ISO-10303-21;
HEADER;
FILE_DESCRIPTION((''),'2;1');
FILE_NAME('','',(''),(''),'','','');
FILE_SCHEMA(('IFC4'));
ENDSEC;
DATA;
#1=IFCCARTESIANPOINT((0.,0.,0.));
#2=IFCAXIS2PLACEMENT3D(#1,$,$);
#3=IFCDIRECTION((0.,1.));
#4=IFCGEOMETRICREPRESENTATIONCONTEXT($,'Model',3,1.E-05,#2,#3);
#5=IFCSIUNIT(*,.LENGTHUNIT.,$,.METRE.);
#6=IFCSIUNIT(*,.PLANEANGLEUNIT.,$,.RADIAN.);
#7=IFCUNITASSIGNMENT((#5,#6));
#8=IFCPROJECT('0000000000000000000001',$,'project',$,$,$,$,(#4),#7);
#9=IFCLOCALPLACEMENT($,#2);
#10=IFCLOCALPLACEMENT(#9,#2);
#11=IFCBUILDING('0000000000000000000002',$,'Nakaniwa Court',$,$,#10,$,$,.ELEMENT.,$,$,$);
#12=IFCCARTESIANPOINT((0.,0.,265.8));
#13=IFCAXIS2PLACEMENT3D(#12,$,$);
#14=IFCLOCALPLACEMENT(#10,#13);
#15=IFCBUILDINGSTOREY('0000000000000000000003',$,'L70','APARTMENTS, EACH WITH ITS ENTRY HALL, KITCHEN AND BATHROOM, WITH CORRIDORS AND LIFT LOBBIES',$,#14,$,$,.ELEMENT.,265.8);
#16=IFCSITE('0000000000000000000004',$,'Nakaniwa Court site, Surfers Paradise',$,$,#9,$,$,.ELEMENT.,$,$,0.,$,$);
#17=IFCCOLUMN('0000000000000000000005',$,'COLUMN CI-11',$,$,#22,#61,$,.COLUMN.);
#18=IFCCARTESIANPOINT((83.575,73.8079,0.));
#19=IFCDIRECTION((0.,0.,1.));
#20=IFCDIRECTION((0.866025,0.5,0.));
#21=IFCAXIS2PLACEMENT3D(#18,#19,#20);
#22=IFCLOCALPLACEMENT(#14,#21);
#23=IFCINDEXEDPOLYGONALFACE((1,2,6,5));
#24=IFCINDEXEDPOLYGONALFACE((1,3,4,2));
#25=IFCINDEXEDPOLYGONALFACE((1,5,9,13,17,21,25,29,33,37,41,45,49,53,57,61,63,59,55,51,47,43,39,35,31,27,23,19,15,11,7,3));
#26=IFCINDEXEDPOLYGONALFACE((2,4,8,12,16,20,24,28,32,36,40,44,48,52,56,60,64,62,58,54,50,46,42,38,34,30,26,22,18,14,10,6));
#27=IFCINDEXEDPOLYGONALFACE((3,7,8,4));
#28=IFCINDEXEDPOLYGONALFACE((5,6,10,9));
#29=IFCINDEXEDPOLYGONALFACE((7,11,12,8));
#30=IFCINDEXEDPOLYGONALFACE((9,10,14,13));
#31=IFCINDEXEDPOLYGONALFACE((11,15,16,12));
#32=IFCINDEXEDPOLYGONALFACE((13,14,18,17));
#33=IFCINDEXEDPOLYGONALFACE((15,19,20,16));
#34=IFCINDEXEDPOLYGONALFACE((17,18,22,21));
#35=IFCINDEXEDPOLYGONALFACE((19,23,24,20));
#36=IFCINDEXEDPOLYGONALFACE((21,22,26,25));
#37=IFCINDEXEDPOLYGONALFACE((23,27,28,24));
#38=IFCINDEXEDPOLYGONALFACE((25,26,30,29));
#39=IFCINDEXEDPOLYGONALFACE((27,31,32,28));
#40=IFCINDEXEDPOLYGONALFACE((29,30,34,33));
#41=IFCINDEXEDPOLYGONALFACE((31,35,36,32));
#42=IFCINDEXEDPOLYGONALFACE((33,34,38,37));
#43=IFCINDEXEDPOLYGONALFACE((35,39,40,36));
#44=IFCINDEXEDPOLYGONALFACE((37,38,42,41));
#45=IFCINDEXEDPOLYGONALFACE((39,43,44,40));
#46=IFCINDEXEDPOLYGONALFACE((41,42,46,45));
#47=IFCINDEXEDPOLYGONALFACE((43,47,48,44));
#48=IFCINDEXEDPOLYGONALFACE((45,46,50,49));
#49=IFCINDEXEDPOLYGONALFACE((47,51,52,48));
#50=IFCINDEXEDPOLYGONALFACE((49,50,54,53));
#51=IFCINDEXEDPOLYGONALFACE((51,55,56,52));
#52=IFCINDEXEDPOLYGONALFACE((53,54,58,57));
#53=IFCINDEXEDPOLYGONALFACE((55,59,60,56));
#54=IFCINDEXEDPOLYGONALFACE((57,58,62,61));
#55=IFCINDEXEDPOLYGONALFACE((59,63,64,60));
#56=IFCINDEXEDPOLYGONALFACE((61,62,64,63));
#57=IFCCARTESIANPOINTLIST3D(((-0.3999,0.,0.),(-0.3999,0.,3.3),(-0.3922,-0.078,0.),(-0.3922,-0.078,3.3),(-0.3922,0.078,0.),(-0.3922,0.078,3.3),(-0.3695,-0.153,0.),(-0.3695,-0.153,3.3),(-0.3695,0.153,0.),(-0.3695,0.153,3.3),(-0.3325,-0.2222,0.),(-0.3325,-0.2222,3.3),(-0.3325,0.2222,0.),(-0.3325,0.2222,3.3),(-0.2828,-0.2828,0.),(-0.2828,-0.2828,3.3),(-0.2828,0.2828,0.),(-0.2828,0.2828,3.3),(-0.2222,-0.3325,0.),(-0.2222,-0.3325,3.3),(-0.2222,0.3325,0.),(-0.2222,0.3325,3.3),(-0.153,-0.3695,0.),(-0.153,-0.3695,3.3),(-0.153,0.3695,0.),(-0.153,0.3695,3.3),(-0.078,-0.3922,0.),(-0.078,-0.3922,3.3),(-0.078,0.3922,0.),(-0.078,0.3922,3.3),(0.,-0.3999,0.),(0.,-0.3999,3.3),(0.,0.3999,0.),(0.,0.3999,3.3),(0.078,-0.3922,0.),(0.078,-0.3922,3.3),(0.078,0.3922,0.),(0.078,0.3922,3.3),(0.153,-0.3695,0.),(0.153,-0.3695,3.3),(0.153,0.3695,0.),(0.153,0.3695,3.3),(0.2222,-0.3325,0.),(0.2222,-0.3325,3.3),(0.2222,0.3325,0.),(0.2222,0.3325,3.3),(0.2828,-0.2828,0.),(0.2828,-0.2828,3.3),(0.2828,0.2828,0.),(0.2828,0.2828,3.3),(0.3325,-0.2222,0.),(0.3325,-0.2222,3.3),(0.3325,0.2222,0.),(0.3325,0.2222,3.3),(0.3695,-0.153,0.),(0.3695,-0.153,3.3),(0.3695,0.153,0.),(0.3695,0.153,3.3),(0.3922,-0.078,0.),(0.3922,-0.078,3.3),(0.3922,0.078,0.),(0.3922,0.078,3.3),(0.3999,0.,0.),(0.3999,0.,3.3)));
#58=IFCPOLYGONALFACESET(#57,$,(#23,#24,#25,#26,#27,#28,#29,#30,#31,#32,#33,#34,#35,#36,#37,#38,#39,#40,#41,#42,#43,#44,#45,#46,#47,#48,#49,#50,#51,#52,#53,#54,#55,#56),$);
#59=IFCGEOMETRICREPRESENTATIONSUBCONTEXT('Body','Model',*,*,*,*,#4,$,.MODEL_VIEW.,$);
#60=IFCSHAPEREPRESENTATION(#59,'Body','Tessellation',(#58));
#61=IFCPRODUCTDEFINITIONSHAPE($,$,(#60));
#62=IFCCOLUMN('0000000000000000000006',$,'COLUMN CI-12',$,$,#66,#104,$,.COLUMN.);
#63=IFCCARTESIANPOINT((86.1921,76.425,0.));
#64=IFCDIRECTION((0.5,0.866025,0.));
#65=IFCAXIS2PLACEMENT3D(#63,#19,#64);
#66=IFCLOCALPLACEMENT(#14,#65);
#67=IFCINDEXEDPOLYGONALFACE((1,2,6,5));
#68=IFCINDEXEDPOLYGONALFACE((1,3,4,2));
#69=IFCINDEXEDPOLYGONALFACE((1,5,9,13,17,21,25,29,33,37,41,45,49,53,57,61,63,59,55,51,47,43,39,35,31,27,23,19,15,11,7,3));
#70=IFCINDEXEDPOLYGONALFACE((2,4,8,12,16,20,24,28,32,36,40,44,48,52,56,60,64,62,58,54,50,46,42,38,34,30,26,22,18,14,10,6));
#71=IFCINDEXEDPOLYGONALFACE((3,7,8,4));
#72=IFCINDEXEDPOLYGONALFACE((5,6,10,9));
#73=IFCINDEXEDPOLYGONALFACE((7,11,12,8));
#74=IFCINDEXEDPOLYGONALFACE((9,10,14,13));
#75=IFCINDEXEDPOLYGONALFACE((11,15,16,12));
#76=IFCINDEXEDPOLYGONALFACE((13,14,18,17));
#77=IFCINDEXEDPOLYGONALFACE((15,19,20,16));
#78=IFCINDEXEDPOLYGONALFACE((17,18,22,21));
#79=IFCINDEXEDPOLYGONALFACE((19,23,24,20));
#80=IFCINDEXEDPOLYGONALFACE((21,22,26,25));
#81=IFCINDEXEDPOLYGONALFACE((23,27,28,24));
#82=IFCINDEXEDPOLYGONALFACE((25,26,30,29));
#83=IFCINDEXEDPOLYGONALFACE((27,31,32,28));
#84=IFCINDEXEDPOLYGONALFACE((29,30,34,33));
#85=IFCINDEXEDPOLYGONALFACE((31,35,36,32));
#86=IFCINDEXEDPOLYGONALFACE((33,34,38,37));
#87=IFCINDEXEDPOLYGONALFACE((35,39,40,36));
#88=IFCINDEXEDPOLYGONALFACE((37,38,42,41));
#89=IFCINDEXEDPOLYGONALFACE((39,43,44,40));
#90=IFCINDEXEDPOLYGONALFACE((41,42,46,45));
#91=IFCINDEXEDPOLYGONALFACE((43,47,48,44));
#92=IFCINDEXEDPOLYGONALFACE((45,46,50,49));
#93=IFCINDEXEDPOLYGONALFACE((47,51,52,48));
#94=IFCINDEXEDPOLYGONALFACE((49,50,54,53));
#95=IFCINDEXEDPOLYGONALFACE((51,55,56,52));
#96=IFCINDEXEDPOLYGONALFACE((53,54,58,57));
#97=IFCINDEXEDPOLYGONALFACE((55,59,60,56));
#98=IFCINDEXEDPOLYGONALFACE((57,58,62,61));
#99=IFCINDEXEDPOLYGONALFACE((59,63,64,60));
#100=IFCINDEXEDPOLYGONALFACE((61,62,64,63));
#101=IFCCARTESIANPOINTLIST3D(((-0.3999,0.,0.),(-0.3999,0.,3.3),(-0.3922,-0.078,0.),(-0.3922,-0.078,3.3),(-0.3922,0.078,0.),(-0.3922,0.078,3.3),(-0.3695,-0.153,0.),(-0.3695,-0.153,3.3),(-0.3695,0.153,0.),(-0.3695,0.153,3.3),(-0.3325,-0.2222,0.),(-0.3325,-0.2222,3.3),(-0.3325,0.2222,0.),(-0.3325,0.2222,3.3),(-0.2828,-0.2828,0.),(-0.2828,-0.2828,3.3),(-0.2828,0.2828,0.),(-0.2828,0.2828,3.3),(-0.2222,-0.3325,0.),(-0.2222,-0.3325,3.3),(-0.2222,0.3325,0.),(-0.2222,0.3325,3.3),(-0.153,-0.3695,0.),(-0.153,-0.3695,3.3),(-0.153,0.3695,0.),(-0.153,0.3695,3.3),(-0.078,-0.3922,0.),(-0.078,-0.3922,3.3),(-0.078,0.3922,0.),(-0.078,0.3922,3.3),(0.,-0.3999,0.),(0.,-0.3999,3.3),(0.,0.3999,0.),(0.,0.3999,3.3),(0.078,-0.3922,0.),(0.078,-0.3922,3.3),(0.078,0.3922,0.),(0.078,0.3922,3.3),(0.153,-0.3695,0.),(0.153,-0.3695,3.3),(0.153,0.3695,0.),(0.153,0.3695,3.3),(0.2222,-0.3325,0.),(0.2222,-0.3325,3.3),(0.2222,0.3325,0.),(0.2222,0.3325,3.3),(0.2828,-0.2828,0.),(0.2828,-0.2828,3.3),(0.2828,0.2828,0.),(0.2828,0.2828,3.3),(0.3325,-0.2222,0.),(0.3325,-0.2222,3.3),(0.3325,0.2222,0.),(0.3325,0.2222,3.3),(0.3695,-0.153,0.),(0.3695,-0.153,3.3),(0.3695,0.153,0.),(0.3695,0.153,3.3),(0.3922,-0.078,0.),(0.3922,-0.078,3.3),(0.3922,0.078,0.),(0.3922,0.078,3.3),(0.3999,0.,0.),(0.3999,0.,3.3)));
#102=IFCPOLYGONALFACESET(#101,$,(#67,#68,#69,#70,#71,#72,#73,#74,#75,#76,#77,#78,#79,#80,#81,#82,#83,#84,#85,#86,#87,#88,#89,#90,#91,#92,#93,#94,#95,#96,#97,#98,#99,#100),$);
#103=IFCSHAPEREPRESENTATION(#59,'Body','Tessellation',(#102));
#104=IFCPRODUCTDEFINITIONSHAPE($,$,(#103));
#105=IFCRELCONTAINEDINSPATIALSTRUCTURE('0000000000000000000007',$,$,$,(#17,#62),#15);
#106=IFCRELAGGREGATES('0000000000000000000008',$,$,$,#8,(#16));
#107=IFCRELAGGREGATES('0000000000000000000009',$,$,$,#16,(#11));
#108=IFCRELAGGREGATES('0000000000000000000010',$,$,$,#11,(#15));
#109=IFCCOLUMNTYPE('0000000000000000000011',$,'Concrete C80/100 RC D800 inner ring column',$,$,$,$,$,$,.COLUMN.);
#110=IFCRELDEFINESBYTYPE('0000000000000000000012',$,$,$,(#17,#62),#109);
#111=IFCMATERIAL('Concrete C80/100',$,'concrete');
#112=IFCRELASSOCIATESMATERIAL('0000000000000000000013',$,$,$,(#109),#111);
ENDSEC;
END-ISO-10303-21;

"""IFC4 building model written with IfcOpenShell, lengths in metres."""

from ifc_helpers import new_model, si_unit, direction, frame, origin, origin_2d, place, context, subcontext, project, spatial, circle, extrude, material, material_profile, profile_set, type_object, element, save


model = new_model("IFC4")

# Units and contexts
model_context = context("Model", 3, precision=1e-05, world=origin(), true_north=direction((0.0, 1.0)))
body_context = subcontext(model_context, "Body", "Model", "MODEL_VIEW")
ifc_project = project(units=[si_unit("LENGTHUNIT", "METRE"), si_unit("PLANEANGLEUNIT", "RADIAN")], contexts=[model_context])

# Site, building, storey
site_placement = place(None, origin())
site = spatial("IfcSite", under=ifc_project, at=site_placement, Name="Nakaniwa Court site, Surfers Paradise", CompositionType="ELEMENT", RefElevation=0.0)
building_placement = place(site_placement, origin())
building = spatial("IfcBuilding", under=site, at=building_placement, Name="Nakaniwa Court", CompositionType="ELEMENT")
storey_placement = place(building_placement, frame((0.0, 0.0, 265.8)))
storey = spatial("IfcBuildingStorey", under=building, at=storey_placement, Name="L70", Description="APARTMENTS, EACH WITH ITS ENTRY HALL, KITCHEN AND BATHROOM, WITH CORRIDORS AND LIFT LOBBIES", CompositionType="ELEMENT", Elevation=265.8)

# Columns
ifc_material_1 = material(Name="Concrete C80/100", Category="concrete")
ifc_material_profile_1 = material_profile(ifc_material_1, circle(Radius=0.3999, at=origin_2d()), Name="Concrete C80/100 RC D800 inner ring column")
ifc_profile_set_1 = profile_set([ifc_material_profile_1], Name="Concrete C80/100")
column_type = type_object("IfcColumnType", Name="Concrete C80/100 RC D800 inner ring column", PredefinedType="COLUMN", material=ifc_profile_set_1)
for number, where, z_axis, x_axis, name in (
    (1, (83.575, 73.8079, 0.0), (0.0, 0.0, 1.0), (0.866025, 0.5, 0.0), "COLUMN CI-11"),
    (2, (86.1921, 76.425, 0.0), (0.0, 0.0, 1.0), (0.5, 0.866025, 0.0), "COLUMN CI-12"),
):
    element("IfcColumn", number, at=place(storey_placement, frame(where, z_axis=z_axis, x_axis=x_axis)), inside=storey, type_object=column_type, Name=name, PredefinedType="COLUMN", context=body_context, shape_type="SweptSolid", body=[
        extrude(circle(Radius=0.3999, at=origin_2d()), origin(), (0.0, 0.0, 1.0), 3.3),
    ])

save(model, "model.ifc")
